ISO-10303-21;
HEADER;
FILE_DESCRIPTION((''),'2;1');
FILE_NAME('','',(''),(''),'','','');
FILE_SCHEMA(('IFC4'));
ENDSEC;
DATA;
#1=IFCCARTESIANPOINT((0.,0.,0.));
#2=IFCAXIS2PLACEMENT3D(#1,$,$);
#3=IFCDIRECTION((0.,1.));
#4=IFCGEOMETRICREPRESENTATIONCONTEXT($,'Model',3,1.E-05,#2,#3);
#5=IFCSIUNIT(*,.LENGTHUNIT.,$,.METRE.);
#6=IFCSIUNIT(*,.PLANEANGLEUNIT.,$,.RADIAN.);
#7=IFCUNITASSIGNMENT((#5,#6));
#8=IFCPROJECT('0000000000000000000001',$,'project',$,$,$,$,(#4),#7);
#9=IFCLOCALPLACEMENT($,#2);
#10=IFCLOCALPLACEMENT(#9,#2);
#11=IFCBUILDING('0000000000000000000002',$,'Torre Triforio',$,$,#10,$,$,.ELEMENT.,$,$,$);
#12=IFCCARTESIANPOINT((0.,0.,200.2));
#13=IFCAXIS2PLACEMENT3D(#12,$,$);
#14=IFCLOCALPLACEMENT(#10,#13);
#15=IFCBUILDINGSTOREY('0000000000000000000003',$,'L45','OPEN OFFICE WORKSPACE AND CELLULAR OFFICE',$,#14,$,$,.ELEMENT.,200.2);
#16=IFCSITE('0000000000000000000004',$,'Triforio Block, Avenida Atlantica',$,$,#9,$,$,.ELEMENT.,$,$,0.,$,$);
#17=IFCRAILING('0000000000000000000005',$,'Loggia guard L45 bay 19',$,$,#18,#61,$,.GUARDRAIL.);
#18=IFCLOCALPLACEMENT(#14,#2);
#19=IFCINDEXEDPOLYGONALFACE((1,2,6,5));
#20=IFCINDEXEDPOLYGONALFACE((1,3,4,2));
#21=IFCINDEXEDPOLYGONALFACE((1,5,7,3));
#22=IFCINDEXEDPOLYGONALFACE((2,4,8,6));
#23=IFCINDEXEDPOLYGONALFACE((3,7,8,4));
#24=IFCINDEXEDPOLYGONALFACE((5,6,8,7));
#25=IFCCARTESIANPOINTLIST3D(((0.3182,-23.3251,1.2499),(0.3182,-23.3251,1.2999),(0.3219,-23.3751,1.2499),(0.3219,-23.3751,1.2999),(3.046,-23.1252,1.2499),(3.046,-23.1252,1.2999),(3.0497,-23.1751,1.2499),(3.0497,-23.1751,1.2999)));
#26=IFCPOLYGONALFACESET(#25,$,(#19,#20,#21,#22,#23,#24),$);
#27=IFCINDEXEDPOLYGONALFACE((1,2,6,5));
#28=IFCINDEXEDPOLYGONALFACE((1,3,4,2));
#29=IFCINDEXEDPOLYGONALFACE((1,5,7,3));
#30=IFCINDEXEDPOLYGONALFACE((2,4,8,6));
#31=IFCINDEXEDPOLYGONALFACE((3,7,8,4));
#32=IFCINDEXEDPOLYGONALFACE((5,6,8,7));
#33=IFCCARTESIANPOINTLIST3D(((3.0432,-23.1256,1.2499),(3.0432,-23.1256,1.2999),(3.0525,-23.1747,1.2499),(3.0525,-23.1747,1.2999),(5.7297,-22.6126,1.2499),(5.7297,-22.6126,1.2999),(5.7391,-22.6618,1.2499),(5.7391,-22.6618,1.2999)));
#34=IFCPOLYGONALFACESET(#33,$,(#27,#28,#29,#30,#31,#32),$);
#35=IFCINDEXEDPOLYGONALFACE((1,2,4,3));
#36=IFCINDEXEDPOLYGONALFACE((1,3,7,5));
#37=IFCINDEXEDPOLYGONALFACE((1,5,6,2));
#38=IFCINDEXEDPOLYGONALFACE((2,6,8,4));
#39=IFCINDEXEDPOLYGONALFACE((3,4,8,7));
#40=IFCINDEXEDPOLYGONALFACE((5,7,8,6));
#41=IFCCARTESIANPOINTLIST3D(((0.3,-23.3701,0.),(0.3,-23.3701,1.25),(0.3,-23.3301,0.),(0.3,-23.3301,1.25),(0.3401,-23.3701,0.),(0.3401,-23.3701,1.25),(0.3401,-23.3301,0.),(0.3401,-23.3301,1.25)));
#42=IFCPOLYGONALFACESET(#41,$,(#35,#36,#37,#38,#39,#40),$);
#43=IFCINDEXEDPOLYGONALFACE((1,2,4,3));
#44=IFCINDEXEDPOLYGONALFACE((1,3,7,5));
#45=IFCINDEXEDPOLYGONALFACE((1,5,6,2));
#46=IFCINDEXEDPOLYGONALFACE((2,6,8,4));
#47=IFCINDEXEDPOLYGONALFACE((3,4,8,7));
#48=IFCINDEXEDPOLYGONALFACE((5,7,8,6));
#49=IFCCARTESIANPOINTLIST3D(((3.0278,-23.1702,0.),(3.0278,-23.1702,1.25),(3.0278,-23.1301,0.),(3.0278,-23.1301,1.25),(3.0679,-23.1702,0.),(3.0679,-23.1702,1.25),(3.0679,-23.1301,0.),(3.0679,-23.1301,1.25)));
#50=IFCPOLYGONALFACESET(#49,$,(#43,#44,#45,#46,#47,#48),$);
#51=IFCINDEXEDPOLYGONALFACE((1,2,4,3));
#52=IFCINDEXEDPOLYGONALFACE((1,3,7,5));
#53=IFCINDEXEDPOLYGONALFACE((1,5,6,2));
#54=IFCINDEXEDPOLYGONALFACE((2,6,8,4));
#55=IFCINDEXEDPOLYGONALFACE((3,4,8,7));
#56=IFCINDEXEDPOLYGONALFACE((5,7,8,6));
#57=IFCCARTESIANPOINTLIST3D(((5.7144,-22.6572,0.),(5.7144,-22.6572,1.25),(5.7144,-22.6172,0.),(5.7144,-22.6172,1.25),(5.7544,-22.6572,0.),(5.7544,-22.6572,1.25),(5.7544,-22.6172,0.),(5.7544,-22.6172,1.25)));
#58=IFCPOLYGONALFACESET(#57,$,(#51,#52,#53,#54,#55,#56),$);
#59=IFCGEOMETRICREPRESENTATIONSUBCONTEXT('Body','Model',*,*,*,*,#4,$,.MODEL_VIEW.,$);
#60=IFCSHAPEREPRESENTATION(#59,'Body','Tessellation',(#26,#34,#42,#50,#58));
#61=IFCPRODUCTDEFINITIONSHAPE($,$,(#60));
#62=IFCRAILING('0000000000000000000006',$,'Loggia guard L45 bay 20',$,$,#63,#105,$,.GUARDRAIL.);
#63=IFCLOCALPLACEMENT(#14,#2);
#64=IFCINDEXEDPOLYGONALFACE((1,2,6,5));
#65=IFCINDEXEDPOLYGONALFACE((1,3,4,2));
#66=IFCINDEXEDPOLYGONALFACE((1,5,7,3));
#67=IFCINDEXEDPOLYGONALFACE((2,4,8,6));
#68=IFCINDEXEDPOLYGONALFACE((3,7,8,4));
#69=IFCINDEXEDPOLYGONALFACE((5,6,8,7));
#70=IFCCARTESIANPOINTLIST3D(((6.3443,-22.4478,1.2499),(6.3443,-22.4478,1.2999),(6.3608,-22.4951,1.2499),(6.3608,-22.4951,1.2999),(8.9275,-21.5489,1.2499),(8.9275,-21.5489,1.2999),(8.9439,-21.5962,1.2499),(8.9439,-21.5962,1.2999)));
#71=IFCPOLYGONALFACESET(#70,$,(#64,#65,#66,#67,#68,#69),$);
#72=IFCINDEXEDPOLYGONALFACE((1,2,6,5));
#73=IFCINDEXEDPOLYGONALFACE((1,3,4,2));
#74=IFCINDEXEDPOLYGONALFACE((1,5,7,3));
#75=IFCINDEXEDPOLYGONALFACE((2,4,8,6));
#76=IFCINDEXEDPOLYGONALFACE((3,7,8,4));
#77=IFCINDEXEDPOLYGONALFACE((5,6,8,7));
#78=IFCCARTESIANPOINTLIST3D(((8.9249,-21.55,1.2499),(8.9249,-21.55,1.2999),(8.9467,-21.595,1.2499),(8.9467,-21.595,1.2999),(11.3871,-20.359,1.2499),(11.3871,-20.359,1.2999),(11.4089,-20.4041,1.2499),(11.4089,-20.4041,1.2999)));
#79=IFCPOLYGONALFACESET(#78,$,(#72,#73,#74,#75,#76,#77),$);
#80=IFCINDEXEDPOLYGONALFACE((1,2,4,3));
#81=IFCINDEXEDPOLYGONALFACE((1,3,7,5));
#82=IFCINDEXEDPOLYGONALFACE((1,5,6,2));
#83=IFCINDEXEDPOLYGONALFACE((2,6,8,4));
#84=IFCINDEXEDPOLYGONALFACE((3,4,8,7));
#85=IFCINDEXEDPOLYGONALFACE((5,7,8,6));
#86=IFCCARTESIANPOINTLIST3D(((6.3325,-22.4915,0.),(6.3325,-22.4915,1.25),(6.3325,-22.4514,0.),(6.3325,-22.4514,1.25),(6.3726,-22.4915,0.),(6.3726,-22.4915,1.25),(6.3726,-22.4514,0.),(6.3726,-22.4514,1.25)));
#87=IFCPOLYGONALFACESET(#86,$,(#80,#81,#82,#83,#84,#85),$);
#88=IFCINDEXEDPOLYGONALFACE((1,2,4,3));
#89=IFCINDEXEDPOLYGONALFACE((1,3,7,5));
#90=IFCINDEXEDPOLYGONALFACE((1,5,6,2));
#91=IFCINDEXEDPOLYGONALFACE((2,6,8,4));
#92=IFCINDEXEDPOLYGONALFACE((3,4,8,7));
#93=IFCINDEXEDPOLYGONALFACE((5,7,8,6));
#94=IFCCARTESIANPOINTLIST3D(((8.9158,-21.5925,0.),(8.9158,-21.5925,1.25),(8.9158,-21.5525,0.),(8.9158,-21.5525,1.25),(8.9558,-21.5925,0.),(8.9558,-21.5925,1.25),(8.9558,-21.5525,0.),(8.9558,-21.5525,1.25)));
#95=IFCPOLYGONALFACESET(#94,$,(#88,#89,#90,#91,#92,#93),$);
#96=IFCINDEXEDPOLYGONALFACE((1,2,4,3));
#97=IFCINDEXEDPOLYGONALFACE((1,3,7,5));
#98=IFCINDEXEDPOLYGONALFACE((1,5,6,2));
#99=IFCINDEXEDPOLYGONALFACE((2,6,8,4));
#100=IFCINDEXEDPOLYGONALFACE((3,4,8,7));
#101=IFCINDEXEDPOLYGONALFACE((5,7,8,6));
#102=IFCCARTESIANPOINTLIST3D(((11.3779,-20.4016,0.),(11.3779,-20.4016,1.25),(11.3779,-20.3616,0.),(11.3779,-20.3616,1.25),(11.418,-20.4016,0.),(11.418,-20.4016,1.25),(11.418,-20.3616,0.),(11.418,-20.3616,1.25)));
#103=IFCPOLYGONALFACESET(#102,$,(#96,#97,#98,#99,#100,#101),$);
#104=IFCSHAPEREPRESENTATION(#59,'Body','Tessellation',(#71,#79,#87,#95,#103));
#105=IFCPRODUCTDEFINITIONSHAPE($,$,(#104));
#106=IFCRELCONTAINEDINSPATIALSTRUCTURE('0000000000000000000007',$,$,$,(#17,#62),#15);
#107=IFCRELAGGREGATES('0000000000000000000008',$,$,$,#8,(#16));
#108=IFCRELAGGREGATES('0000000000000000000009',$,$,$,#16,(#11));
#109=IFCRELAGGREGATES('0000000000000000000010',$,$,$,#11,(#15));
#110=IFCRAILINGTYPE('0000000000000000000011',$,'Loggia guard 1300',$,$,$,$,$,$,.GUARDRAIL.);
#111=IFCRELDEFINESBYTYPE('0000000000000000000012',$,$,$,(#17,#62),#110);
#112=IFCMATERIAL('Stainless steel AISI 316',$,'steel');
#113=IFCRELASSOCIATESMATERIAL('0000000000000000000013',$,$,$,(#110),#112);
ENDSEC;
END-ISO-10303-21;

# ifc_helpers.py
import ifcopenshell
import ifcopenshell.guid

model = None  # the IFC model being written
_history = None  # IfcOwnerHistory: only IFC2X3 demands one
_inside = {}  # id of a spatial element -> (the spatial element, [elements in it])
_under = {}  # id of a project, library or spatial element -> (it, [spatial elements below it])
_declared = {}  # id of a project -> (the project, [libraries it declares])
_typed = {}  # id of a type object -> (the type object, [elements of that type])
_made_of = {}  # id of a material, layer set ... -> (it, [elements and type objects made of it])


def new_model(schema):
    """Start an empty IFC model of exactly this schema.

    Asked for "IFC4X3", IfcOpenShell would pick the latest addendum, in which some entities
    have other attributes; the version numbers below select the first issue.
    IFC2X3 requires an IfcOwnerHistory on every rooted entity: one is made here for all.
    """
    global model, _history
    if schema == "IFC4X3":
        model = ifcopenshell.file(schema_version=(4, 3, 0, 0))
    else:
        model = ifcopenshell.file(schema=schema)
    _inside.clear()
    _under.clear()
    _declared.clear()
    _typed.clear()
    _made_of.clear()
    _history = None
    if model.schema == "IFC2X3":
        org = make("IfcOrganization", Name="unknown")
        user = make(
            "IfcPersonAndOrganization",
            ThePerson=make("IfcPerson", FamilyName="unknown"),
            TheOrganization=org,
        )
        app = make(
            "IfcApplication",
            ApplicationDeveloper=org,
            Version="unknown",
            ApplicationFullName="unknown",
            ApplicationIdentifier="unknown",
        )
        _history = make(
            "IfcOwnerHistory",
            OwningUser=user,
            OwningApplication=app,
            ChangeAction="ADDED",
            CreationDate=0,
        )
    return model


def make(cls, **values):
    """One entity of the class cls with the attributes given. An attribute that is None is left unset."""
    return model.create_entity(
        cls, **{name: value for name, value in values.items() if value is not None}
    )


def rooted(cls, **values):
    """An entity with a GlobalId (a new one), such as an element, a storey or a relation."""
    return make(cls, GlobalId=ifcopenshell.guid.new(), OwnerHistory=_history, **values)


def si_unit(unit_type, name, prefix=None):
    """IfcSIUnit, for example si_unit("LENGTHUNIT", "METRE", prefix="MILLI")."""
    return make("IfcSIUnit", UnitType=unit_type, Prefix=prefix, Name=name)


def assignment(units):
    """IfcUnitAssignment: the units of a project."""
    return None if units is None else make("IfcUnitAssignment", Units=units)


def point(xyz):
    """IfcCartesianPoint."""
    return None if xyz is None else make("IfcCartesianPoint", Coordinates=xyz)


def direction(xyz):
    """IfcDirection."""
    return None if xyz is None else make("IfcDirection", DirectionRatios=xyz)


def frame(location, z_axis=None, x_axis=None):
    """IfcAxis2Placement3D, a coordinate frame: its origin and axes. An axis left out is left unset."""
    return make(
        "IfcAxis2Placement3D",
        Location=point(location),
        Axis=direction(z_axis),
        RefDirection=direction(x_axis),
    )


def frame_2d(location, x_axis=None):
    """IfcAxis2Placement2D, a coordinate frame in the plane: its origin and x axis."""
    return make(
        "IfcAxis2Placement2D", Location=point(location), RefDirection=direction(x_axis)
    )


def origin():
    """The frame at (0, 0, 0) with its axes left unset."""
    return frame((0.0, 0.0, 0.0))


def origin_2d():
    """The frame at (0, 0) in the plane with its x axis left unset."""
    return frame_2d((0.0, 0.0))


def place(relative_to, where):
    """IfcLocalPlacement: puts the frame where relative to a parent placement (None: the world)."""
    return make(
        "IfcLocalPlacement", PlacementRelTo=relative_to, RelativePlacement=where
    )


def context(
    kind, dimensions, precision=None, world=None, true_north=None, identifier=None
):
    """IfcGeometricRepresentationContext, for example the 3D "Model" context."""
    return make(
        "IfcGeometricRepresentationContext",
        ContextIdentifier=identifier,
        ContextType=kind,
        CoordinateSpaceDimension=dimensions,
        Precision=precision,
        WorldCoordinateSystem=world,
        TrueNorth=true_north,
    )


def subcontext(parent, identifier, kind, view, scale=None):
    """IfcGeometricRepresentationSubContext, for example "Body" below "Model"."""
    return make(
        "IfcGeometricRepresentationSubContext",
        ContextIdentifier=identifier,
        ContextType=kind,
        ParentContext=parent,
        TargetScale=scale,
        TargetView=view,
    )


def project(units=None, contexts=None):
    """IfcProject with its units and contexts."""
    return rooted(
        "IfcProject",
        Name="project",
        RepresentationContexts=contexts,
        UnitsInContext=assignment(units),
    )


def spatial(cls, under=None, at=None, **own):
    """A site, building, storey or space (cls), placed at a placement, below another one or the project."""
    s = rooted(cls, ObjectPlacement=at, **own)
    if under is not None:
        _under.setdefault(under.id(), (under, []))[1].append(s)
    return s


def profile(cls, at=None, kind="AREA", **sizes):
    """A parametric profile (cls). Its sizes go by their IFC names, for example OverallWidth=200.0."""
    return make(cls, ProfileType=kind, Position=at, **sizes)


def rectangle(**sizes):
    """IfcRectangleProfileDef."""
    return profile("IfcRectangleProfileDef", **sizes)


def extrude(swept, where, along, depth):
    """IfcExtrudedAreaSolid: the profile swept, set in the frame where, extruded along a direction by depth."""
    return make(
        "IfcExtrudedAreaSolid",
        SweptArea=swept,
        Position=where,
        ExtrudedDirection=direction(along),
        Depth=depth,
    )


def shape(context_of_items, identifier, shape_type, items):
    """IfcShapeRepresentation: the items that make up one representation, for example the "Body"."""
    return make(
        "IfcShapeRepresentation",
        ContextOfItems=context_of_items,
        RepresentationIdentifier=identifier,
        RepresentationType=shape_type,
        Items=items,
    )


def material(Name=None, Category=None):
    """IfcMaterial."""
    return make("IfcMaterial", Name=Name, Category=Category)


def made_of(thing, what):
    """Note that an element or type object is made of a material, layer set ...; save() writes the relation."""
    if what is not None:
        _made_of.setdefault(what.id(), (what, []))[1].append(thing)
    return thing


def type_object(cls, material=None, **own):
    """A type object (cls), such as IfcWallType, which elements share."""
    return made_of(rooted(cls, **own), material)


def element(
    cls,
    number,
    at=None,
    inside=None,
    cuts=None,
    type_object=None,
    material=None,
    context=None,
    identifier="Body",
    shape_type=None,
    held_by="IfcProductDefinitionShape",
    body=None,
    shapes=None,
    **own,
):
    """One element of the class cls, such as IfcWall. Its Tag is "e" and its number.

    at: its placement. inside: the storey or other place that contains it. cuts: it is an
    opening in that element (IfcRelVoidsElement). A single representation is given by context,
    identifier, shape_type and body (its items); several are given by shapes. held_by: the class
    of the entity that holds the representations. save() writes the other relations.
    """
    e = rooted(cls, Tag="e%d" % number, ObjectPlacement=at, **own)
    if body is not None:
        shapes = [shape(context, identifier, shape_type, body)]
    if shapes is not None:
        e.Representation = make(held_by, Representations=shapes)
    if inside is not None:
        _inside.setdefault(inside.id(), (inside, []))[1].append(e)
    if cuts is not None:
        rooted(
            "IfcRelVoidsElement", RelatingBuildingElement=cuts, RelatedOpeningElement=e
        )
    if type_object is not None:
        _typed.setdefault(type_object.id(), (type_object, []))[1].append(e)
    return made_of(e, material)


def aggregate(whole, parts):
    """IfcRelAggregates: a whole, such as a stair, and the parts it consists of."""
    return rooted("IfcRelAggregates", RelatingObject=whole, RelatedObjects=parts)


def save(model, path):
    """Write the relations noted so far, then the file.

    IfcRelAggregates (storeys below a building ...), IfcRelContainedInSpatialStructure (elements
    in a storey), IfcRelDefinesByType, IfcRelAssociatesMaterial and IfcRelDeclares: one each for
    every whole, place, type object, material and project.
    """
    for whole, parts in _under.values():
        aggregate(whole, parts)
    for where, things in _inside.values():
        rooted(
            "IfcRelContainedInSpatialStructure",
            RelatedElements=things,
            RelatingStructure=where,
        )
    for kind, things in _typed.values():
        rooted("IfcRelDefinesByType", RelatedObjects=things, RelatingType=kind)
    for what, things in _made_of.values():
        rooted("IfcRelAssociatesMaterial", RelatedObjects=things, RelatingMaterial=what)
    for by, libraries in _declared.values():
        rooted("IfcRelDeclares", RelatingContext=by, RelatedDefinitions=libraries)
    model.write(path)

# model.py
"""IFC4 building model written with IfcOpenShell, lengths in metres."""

from ifc_helpers import new_model, si_unit, direction, frame, origin, origin_2d, place, context, subcontext, project, spatial, rectangle, extrude, material, type_object, element, save


model = new_model("IFC4")

# Units and contexts
model_context = context("Model", 3, precision=1e-05, world=origin(), true_north=direction((0.0, 1.0)))
body_context = subcontext(model_context, "Body", "Model", "MODEL_VIEW")
ifc_project = project(units=[si_unit("LENGTHUNIT", "METRE"), si_unit("PLANEANGLEUNIT", "RADIAN")], contexts=[model_context])

# Site, building, storey
site_placement = place(None, origin())
site = spatial("IfcSite", under=ifc_project, at=site_placement, Name="Triforio Block, Avenida Atlantica", CompositionType="ELEMENT", RefElevation=0.0)
building_placement = place(site_placement, origin())
building = spatial("IfcBuilding", under=site, at=building_placement, Name="Torre Triforio", CompositionType="ELEMENT")
storey_placement = place(building_placement, frame((0.0, 0.0, 200.2)))
storey = spatial("IfcBuildingStorey", under=building, at=storey_placement, Name="L45", Description="OPEN OFFICE WORKSPACE AND CELLULAR OFFICE", CompositionType="ELEMENT", Elevation=200.2)

# Railings
ifc_material_1 = material(Name="Stainless steel AISI 316", Category="steel")
railing_type = type_object("IfcRailingType", Name="Loggia guard 1300", PredefinedType="GUARDRAIL", material=ifc_material_1)
railing_1_placement = place(storey_placement, frame((0.3201, -23.3501, 0.0)))
element("IfcRailing", 1, at=railing_1_placement, inside=storey, type_object=railing_type, Name="Loggia guard L45 bay 19", PredefinedType="GUARDRAIL", context=body_context, shape_type="SweptSolid", body=[
    extrude(rectangle(XDim=0.05, YDim=0.05, at=origin_2d()), frame((0.0, 0.0, 1.2749), z_axis=(0.997324, 0.073106, 0.0), x_axis=(-0.073106, 0.997324, 0.0)), (0.0, 0.0, 1.0), 2.7351),
    extrude(rectangle(XDim=0.05, YDim=0.05, at=origin_2d()), frame((2.7278, 0.2, 1.2749), z_axis=(0.982256, 0.187543, 0.0), x_axis=(-0.187543, 0.982256, 0.0)), (0.0, 0.0, 1.0), 2.7351),
    extrude(rectangle(XDim=0.04, YDim=0.04, at=origin_2d()), origin(), (0.0, 0.0, 1.0), 1.25),
    extrude(rectangle(XDim=0.04, YDim=0.04, at=origin_2d()), frame((2.7278, 0.2, 0.0)), (0.0, 0.0, 1.0), 1.25),
    extrude(rectangle(XDim=0.04, YDim=0.04, at=origin_2d()), frame((5.4143, 0.7129, 0.0)), (0.0, 0.0, 1.0), 1.25),
])
railing_2_placement = place(storey_placement, frame((6.3525, -22.4714, 0.0)))
element("IfcRailing", 2, at=railing_2_placement, inside=storey, type_object=railing_type, Name="Loggia guard L45 bay 20", PredefinedType="GUARDRAIL", context=body_context, shape_type="SweptSolid", body=[
    extrude(rectangle(XDim=0.05, YDim=0.05, at=origin_2d()), frame((0.0, 0.0, 1.2749), z_axis=(0.944451, 0.328652, 0.0), x_axis=(-0.328652, 0.944451, 0.0)), (0.0, 0.0, 1.0), 2.7351),
    extrude(rectangle(XDim=0.05, YDim=0.05, at=origin_2d()), frame((2.5833, 0.8989, 1.2749), z_axis=(0.900224, 0.435428, 0.0), x_axis=(-0.435428, 0.900224, 0.0)), (0.0, 0.0, 1.0), 2.7351),
    extrude(rectangle(XDim=0.04, YDim=0.04, at=origin_2d()), origin(), (0.0, 0.0, 1.0), 1.25),
    extrude(rectangle(XDim=0.04, YDim=0.04, at=origin_2d()), frame((2.5833, 0.8989, 0.0)), (0.0, 0.0, 1.0), 1.25),
    extrude(rectangle(XDim=0.04, YDim=0.04, at=origin_2d()), frame((5.0454, 2.0898, 0.0)), (0.0, 0.0, 1.0), 1.25),
])

save(model, "model.ifc")
